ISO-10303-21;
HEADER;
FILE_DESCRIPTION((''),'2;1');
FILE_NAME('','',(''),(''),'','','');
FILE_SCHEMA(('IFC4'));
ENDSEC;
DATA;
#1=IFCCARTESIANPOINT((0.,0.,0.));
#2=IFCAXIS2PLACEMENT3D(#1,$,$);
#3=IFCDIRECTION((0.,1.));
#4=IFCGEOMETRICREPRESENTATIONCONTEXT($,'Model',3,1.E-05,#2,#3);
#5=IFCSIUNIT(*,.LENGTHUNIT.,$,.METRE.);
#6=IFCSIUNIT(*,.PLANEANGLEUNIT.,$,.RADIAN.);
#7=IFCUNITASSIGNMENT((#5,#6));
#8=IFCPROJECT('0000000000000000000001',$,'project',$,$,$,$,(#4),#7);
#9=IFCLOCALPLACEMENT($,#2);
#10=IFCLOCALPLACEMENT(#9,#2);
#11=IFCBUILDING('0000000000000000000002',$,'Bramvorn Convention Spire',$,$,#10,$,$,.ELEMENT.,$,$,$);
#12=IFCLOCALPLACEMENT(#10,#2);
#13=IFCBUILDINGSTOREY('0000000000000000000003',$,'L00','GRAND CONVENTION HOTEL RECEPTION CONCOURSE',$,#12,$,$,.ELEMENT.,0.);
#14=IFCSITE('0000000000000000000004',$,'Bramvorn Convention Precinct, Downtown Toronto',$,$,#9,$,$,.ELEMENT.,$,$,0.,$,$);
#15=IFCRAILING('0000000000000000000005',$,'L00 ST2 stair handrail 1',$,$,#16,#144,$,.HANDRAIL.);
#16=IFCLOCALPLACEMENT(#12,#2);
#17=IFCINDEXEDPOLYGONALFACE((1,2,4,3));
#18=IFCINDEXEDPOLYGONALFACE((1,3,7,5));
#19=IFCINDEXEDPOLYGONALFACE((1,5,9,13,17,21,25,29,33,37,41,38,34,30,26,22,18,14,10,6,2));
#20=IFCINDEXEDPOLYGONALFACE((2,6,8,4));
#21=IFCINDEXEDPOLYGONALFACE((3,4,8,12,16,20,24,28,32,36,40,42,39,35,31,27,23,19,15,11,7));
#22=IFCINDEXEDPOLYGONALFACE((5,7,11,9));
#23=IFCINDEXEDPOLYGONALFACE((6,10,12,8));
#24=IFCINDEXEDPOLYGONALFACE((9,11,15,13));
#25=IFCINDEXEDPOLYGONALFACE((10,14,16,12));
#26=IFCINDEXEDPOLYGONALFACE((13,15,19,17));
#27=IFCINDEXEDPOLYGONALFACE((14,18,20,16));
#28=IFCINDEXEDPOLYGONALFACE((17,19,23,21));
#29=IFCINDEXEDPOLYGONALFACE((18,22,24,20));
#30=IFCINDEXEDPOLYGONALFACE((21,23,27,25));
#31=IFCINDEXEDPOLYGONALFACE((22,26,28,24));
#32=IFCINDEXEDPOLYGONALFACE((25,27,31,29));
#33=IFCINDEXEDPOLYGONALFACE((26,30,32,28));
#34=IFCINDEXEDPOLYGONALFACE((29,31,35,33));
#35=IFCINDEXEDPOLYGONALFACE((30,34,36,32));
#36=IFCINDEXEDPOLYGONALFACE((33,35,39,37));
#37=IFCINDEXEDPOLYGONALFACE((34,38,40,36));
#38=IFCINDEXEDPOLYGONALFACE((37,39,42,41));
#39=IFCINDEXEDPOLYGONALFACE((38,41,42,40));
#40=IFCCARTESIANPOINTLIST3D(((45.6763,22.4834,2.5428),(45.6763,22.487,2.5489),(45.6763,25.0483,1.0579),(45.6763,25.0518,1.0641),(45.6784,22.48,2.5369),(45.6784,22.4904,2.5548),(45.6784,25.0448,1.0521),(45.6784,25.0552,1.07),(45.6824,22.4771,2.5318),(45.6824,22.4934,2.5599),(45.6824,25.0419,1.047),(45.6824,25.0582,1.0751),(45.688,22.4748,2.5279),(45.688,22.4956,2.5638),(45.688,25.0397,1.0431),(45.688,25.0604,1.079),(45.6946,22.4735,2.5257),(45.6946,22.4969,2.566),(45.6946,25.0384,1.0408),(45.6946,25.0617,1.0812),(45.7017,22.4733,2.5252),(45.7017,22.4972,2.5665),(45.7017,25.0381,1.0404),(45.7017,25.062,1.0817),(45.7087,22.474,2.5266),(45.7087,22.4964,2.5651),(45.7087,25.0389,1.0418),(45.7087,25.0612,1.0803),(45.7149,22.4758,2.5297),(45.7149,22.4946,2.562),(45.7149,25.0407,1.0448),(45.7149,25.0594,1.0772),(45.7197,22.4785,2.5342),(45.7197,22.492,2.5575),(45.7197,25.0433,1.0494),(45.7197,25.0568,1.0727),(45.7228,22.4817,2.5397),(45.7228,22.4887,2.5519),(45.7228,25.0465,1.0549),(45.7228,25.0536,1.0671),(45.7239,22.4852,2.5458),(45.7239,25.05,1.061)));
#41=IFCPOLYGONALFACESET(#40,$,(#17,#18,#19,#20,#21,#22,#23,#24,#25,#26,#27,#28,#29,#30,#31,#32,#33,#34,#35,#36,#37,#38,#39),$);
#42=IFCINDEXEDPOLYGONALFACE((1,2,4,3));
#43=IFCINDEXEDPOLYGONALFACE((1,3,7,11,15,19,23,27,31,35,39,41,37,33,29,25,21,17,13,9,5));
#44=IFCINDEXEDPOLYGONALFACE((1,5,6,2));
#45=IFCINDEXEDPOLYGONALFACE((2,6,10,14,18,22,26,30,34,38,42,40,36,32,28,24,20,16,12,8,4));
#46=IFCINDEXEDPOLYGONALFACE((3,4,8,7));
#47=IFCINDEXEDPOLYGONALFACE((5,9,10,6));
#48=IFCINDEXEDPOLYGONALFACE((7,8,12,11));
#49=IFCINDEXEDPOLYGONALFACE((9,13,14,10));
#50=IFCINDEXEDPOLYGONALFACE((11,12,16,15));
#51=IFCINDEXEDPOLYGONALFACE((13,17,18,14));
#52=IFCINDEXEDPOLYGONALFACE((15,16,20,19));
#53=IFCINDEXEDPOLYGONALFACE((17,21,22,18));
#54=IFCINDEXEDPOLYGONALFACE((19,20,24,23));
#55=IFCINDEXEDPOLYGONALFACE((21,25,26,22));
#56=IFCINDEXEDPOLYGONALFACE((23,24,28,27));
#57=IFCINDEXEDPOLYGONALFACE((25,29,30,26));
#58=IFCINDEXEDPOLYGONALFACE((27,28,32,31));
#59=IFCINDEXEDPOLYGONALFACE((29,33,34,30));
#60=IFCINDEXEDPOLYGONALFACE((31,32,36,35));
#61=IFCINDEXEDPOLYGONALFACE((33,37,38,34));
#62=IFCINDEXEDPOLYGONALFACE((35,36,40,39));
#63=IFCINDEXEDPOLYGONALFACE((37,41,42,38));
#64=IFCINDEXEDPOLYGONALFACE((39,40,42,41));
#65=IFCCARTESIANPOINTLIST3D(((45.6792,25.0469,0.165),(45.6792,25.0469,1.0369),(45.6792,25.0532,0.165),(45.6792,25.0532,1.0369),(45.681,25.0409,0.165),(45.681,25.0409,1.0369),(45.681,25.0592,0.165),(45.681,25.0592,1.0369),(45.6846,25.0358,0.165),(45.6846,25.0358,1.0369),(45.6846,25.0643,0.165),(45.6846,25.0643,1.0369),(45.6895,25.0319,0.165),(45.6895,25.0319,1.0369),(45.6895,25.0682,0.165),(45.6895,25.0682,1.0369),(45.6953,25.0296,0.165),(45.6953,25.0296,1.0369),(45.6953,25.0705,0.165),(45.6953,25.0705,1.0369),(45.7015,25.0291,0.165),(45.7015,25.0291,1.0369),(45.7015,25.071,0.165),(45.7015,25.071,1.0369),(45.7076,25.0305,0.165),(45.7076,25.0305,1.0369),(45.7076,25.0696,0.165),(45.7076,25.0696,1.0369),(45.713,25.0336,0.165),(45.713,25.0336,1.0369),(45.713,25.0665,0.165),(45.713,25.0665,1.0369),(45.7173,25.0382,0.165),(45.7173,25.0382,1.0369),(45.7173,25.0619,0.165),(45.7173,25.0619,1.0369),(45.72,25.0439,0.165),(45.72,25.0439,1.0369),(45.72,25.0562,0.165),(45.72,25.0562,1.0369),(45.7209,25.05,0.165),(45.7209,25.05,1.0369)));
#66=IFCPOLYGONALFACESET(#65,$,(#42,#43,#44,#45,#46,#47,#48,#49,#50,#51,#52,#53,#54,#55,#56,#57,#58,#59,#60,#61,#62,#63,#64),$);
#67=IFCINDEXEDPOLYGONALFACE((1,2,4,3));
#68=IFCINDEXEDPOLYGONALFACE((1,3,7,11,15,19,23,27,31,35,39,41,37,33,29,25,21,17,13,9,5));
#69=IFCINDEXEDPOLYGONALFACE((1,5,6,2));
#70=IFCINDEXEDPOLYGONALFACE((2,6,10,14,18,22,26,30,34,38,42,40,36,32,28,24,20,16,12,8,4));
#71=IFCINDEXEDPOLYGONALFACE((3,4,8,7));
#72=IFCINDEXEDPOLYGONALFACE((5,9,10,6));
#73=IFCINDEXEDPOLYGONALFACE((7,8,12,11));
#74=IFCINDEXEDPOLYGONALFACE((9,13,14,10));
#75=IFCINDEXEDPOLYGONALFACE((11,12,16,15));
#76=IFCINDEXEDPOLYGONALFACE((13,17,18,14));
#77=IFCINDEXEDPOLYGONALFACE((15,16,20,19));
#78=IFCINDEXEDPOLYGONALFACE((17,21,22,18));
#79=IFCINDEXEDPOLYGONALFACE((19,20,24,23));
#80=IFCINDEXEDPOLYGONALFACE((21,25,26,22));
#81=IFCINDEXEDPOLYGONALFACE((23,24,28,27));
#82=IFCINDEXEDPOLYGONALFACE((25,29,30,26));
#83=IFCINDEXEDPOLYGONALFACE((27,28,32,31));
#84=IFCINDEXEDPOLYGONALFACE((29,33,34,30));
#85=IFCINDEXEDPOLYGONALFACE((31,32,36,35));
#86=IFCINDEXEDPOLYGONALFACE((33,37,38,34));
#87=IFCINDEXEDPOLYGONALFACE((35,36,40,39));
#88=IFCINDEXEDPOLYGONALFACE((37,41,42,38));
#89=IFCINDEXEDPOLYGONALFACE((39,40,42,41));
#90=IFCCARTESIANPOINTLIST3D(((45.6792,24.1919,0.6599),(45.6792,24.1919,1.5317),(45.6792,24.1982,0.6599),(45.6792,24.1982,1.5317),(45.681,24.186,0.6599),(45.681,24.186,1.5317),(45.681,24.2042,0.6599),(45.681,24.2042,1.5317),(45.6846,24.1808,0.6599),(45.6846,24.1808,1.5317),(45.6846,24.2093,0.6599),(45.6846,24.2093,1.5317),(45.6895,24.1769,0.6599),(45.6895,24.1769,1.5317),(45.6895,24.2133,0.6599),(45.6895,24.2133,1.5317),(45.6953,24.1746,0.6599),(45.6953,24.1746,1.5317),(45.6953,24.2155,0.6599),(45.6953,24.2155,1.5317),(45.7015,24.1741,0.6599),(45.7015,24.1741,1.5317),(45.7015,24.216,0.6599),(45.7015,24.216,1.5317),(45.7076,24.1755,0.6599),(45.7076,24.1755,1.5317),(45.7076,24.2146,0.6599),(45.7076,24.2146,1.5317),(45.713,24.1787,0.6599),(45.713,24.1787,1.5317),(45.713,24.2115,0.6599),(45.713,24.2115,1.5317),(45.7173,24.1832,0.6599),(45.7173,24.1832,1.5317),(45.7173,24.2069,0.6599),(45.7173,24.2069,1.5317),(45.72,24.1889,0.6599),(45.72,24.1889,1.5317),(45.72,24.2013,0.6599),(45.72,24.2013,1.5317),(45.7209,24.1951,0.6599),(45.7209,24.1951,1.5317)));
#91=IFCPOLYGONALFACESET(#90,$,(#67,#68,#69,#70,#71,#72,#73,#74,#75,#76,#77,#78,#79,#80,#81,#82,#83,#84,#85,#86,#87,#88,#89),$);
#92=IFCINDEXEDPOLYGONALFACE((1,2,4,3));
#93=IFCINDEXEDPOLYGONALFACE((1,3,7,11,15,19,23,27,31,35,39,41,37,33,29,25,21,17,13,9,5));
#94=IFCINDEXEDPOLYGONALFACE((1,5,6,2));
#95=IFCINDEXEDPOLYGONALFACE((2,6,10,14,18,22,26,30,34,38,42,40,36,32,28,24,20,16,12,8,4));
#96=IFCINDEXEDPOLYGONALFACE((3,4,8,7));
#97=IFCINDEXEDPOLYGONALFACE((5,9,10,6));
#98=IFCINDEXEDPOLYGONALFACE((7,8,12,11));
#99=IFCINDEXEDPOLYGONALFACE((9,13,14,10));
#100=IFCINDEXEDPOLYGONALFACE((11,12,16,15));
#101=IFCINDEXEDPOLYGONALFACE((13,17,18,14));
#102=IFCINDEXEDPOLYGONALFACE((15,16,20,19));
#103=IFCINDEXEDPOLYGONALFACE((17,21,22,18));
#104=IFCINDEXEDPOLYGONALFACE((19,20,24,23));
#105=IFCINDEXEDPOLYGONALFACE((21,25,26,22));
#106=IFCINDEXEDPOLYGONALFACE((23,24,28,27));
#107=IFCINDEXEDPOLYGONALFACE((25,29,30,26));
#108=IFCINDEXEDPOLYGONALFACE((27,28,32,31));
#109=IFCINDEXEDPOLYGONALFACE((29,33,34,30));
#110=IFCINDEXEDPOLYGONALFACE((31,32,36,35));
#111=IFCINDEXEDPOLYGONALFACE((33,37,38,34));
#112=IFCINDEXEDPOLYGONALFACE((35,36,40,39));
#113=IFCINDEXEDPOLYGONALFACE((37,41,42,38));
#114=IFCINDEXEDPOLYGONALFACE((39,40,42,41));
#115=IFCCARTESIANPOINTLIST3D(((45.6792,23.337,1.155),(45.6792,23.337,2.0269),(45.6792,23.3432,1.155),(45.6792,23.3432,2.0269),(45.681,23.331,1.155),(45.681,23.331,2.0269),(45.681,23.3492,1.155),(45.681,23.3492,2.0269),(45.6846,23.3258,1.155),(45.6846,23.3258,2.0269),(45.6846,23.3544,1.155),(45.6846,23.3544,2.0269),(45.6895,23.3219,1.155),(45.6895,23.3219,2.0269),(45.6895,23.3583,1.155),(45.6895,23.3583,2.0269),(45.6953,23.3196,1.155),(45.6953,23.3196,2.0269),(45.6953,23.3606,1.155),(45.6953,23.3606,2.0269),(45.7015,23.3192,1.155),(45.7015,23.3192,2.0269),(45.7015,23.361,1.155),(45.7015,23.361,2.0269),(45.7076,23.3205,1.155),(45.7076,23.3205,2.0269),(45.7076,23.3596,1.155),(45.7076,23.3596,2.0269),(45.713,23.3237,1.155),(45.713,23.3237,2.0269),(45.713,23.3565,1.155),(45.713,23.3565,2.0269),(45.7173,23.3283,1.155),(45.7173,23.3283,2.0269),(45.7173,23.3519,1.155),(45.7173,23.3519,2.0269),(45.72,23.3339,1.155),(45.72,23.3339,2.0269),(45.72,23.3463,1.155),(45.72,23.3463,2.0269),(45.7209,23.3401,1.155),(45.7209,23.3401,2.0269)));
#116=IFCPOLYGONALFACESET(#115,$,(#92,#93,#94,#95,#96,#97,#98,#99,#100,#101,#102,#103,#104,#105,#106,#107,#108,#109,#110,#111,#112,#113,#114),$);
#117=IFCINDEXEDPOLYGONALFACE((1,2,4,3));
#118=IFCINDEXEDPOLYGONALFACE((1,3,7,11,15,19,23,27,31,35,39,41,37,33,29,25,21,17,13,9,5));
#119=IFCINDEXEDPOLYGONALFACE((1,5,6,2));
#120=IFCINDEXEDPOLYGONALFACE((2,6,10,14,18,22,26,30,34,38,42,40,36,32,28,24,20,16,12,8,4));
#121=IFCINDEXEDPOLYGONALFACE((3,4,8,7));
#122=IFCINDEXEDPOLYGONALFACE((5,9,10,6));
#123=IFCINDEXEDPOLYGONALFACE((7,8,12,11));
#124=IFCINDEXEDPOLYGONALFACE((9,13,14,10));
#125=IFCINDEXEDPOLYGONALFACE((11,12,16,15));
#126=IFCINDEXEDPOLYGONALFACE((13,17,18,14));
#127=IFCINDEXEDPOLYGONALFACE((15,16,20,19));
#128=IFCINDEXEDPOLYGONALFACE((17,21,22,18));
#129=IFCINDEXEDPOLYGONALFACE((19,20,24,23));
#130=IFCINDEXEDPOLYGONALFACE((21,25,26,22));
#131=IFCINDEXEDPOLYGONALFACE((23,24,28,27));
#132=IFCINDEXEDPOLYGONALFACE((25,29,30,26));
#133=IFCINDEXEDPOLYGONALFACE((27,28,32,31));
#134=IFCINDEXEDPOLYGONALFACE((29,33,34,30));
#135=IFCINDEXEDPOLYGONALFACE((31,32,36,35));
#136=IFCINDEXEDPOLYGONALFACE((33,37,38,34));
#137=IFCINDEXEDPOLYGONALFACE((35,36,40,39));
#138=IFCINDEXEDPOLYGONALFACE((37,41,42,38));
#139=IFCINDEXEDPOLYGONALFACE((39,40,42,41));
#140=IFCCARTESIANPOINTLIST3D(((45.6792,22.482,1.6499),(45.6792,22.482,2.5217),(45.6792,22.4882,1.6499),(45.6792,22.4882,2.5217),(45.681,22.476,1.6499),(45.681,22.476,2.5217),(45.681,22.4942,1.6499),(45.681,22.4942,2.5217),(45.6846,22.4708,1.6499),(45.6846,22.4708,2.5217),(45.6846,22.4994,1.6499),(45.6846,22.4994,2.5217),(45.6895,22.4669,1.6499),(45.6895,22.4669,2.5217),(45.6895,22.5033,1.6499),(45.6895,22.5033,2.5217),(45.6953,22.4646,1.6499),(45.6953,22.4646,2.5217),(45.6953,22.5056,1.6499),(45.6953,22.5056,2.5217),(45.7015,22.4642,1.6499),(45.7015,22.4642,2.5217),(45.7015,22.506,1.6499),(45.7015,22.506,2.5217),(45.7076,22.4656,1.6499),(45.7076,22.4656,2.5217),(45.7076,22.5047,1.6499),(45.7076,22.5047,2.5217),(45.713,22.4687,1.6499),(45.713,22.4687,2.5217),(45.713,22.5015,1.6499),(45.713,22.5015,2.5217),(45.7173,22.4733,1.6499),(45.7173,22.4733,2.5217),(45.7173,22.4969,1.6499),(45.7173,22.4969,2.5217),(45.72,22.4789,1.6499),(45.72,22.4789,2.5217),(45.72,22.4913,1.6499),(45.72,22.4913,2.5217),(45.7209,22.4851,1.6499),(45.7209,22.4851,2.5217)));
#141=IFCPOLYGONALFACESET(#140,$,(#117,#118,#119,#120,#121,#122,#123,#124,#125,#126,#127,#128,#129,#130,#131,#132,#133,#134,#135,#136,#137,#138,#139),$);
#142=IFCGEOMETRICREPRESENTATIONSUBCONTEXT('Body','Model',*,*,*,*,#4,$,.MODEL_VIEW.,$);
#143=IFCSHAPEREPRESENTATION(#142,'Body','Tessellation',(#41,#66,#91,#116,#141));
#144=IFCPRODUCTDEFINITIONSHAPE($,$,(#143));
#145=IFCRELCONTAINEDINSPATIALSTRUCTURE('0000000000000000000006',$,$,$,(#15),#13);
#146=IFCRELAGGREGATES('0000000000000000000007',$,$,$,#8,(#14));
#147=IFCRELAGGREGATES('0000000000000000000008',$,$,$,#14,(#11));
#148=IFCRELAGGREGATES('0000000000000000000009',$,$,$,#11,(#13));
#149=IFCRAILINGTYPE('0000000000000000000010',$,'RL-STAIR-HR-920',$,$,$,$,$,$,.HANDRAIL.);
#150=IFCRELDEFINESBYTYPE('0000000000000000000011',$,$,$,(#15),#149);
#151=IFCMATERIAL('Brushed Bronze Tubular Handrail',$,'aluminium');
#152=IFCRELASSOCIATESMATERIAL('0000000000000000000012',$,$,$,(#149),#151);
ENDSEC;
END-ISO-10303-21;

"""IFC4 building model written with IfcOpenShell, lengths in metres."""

from ifc_helpers import new_model, si_unit, direction, frame, origin, origin_2d, place, context, subcontext, project, spatial, circle, extrude, material, type_object, element, save


model = new_model("IFC4")

# Units and contexts
model_context = context("Model", 3, precision=1e-05, world=origin(), true_north=direction((0.0, 1.0)))
body_context = subcontext(model_context, "Body", "Model", "MODEL_VIEW")
ifc_project = project(units=[si_unit("LENGTHUNIT", "METRE"), si_unit("PLANEANGLEUNIT", "RADIAN")], contexts=[model_context])

# Site, building, storey
site_placement = place(None, origin())
site = spatial("IfcSite", under=ifc_project, at=site_placement, Name="Bramvorn Convention Precinct, Downtown Toronto", CompositionType="ELEMENT", RefElevation=0.0)
building_placement = place(site_placement, origin())
building = spatial("IfcBuilding", under=site, at=building_placement, Name="Bramvorn Convention Spire", CompositionType="ELEMENT")
storey_placement = place(building_placement, origin())
storey = spatial("IfcBuildingStorey", under=building, at=storey_placement, Name="L00", Description="GRAND CONVENTION HOTEL RECEPTION CONCOURSE", CompositionType="ELEMENT", Elevation=0.0)

# Railing
ifc_material_1 = material(Name="Brushed Bronze Tubular Handrail", Category="aluminium")
railing_type_1 = type_object("IfcRailingType", Name="RL-STAIR-HR-920", PredefinedType="HANDRAIL", material=ifc_material_1)
railing_1_placement = place(storey_placement, frame((45.7, 25.05, 0.165)))
element("IfcRailing", 1, at=railing_1_placement, inside=storey, type_object=railing_type_1, Name="L00 ST2 stair handrail 1", PredefinedType="HANDRAIL", context=body_context, shape_type="SweptSolid", body=[
    extrude(circle(Radius=0.0239, at=origin_2d()), frame((0.0, 0.0, 0.896), z_axis=(0.0, -0.865441, 0.50101), x_axis=(1.0, 0.0, 0.0)), (0.0, 0.0, 1.0), 2.9636),
    extrude(circle(Radius=0.021, at=origin_2d()), origin(), (0.0, 0.0, 1.0), 0.8718),
    extrude(circle(Radius=0.021, at=origin_2d()), frame((0.0, -0.855, 0.4949)), (0.0, 0.0, 1.0), 0.8718),
    extrude(circle(Radius=0.021, at=origin_2d()), frame((0.0, -1.71, 0.99)), (0.0, 0.0, 1.0), 0.8718),
    extrude(circle(Radius=0.021, at=origin_2d()), frame((0.0, -2.5649, 1.4849)), (0.0, 0.0, 1.0), 0.8718),
])

save(model, "model.ifc")
